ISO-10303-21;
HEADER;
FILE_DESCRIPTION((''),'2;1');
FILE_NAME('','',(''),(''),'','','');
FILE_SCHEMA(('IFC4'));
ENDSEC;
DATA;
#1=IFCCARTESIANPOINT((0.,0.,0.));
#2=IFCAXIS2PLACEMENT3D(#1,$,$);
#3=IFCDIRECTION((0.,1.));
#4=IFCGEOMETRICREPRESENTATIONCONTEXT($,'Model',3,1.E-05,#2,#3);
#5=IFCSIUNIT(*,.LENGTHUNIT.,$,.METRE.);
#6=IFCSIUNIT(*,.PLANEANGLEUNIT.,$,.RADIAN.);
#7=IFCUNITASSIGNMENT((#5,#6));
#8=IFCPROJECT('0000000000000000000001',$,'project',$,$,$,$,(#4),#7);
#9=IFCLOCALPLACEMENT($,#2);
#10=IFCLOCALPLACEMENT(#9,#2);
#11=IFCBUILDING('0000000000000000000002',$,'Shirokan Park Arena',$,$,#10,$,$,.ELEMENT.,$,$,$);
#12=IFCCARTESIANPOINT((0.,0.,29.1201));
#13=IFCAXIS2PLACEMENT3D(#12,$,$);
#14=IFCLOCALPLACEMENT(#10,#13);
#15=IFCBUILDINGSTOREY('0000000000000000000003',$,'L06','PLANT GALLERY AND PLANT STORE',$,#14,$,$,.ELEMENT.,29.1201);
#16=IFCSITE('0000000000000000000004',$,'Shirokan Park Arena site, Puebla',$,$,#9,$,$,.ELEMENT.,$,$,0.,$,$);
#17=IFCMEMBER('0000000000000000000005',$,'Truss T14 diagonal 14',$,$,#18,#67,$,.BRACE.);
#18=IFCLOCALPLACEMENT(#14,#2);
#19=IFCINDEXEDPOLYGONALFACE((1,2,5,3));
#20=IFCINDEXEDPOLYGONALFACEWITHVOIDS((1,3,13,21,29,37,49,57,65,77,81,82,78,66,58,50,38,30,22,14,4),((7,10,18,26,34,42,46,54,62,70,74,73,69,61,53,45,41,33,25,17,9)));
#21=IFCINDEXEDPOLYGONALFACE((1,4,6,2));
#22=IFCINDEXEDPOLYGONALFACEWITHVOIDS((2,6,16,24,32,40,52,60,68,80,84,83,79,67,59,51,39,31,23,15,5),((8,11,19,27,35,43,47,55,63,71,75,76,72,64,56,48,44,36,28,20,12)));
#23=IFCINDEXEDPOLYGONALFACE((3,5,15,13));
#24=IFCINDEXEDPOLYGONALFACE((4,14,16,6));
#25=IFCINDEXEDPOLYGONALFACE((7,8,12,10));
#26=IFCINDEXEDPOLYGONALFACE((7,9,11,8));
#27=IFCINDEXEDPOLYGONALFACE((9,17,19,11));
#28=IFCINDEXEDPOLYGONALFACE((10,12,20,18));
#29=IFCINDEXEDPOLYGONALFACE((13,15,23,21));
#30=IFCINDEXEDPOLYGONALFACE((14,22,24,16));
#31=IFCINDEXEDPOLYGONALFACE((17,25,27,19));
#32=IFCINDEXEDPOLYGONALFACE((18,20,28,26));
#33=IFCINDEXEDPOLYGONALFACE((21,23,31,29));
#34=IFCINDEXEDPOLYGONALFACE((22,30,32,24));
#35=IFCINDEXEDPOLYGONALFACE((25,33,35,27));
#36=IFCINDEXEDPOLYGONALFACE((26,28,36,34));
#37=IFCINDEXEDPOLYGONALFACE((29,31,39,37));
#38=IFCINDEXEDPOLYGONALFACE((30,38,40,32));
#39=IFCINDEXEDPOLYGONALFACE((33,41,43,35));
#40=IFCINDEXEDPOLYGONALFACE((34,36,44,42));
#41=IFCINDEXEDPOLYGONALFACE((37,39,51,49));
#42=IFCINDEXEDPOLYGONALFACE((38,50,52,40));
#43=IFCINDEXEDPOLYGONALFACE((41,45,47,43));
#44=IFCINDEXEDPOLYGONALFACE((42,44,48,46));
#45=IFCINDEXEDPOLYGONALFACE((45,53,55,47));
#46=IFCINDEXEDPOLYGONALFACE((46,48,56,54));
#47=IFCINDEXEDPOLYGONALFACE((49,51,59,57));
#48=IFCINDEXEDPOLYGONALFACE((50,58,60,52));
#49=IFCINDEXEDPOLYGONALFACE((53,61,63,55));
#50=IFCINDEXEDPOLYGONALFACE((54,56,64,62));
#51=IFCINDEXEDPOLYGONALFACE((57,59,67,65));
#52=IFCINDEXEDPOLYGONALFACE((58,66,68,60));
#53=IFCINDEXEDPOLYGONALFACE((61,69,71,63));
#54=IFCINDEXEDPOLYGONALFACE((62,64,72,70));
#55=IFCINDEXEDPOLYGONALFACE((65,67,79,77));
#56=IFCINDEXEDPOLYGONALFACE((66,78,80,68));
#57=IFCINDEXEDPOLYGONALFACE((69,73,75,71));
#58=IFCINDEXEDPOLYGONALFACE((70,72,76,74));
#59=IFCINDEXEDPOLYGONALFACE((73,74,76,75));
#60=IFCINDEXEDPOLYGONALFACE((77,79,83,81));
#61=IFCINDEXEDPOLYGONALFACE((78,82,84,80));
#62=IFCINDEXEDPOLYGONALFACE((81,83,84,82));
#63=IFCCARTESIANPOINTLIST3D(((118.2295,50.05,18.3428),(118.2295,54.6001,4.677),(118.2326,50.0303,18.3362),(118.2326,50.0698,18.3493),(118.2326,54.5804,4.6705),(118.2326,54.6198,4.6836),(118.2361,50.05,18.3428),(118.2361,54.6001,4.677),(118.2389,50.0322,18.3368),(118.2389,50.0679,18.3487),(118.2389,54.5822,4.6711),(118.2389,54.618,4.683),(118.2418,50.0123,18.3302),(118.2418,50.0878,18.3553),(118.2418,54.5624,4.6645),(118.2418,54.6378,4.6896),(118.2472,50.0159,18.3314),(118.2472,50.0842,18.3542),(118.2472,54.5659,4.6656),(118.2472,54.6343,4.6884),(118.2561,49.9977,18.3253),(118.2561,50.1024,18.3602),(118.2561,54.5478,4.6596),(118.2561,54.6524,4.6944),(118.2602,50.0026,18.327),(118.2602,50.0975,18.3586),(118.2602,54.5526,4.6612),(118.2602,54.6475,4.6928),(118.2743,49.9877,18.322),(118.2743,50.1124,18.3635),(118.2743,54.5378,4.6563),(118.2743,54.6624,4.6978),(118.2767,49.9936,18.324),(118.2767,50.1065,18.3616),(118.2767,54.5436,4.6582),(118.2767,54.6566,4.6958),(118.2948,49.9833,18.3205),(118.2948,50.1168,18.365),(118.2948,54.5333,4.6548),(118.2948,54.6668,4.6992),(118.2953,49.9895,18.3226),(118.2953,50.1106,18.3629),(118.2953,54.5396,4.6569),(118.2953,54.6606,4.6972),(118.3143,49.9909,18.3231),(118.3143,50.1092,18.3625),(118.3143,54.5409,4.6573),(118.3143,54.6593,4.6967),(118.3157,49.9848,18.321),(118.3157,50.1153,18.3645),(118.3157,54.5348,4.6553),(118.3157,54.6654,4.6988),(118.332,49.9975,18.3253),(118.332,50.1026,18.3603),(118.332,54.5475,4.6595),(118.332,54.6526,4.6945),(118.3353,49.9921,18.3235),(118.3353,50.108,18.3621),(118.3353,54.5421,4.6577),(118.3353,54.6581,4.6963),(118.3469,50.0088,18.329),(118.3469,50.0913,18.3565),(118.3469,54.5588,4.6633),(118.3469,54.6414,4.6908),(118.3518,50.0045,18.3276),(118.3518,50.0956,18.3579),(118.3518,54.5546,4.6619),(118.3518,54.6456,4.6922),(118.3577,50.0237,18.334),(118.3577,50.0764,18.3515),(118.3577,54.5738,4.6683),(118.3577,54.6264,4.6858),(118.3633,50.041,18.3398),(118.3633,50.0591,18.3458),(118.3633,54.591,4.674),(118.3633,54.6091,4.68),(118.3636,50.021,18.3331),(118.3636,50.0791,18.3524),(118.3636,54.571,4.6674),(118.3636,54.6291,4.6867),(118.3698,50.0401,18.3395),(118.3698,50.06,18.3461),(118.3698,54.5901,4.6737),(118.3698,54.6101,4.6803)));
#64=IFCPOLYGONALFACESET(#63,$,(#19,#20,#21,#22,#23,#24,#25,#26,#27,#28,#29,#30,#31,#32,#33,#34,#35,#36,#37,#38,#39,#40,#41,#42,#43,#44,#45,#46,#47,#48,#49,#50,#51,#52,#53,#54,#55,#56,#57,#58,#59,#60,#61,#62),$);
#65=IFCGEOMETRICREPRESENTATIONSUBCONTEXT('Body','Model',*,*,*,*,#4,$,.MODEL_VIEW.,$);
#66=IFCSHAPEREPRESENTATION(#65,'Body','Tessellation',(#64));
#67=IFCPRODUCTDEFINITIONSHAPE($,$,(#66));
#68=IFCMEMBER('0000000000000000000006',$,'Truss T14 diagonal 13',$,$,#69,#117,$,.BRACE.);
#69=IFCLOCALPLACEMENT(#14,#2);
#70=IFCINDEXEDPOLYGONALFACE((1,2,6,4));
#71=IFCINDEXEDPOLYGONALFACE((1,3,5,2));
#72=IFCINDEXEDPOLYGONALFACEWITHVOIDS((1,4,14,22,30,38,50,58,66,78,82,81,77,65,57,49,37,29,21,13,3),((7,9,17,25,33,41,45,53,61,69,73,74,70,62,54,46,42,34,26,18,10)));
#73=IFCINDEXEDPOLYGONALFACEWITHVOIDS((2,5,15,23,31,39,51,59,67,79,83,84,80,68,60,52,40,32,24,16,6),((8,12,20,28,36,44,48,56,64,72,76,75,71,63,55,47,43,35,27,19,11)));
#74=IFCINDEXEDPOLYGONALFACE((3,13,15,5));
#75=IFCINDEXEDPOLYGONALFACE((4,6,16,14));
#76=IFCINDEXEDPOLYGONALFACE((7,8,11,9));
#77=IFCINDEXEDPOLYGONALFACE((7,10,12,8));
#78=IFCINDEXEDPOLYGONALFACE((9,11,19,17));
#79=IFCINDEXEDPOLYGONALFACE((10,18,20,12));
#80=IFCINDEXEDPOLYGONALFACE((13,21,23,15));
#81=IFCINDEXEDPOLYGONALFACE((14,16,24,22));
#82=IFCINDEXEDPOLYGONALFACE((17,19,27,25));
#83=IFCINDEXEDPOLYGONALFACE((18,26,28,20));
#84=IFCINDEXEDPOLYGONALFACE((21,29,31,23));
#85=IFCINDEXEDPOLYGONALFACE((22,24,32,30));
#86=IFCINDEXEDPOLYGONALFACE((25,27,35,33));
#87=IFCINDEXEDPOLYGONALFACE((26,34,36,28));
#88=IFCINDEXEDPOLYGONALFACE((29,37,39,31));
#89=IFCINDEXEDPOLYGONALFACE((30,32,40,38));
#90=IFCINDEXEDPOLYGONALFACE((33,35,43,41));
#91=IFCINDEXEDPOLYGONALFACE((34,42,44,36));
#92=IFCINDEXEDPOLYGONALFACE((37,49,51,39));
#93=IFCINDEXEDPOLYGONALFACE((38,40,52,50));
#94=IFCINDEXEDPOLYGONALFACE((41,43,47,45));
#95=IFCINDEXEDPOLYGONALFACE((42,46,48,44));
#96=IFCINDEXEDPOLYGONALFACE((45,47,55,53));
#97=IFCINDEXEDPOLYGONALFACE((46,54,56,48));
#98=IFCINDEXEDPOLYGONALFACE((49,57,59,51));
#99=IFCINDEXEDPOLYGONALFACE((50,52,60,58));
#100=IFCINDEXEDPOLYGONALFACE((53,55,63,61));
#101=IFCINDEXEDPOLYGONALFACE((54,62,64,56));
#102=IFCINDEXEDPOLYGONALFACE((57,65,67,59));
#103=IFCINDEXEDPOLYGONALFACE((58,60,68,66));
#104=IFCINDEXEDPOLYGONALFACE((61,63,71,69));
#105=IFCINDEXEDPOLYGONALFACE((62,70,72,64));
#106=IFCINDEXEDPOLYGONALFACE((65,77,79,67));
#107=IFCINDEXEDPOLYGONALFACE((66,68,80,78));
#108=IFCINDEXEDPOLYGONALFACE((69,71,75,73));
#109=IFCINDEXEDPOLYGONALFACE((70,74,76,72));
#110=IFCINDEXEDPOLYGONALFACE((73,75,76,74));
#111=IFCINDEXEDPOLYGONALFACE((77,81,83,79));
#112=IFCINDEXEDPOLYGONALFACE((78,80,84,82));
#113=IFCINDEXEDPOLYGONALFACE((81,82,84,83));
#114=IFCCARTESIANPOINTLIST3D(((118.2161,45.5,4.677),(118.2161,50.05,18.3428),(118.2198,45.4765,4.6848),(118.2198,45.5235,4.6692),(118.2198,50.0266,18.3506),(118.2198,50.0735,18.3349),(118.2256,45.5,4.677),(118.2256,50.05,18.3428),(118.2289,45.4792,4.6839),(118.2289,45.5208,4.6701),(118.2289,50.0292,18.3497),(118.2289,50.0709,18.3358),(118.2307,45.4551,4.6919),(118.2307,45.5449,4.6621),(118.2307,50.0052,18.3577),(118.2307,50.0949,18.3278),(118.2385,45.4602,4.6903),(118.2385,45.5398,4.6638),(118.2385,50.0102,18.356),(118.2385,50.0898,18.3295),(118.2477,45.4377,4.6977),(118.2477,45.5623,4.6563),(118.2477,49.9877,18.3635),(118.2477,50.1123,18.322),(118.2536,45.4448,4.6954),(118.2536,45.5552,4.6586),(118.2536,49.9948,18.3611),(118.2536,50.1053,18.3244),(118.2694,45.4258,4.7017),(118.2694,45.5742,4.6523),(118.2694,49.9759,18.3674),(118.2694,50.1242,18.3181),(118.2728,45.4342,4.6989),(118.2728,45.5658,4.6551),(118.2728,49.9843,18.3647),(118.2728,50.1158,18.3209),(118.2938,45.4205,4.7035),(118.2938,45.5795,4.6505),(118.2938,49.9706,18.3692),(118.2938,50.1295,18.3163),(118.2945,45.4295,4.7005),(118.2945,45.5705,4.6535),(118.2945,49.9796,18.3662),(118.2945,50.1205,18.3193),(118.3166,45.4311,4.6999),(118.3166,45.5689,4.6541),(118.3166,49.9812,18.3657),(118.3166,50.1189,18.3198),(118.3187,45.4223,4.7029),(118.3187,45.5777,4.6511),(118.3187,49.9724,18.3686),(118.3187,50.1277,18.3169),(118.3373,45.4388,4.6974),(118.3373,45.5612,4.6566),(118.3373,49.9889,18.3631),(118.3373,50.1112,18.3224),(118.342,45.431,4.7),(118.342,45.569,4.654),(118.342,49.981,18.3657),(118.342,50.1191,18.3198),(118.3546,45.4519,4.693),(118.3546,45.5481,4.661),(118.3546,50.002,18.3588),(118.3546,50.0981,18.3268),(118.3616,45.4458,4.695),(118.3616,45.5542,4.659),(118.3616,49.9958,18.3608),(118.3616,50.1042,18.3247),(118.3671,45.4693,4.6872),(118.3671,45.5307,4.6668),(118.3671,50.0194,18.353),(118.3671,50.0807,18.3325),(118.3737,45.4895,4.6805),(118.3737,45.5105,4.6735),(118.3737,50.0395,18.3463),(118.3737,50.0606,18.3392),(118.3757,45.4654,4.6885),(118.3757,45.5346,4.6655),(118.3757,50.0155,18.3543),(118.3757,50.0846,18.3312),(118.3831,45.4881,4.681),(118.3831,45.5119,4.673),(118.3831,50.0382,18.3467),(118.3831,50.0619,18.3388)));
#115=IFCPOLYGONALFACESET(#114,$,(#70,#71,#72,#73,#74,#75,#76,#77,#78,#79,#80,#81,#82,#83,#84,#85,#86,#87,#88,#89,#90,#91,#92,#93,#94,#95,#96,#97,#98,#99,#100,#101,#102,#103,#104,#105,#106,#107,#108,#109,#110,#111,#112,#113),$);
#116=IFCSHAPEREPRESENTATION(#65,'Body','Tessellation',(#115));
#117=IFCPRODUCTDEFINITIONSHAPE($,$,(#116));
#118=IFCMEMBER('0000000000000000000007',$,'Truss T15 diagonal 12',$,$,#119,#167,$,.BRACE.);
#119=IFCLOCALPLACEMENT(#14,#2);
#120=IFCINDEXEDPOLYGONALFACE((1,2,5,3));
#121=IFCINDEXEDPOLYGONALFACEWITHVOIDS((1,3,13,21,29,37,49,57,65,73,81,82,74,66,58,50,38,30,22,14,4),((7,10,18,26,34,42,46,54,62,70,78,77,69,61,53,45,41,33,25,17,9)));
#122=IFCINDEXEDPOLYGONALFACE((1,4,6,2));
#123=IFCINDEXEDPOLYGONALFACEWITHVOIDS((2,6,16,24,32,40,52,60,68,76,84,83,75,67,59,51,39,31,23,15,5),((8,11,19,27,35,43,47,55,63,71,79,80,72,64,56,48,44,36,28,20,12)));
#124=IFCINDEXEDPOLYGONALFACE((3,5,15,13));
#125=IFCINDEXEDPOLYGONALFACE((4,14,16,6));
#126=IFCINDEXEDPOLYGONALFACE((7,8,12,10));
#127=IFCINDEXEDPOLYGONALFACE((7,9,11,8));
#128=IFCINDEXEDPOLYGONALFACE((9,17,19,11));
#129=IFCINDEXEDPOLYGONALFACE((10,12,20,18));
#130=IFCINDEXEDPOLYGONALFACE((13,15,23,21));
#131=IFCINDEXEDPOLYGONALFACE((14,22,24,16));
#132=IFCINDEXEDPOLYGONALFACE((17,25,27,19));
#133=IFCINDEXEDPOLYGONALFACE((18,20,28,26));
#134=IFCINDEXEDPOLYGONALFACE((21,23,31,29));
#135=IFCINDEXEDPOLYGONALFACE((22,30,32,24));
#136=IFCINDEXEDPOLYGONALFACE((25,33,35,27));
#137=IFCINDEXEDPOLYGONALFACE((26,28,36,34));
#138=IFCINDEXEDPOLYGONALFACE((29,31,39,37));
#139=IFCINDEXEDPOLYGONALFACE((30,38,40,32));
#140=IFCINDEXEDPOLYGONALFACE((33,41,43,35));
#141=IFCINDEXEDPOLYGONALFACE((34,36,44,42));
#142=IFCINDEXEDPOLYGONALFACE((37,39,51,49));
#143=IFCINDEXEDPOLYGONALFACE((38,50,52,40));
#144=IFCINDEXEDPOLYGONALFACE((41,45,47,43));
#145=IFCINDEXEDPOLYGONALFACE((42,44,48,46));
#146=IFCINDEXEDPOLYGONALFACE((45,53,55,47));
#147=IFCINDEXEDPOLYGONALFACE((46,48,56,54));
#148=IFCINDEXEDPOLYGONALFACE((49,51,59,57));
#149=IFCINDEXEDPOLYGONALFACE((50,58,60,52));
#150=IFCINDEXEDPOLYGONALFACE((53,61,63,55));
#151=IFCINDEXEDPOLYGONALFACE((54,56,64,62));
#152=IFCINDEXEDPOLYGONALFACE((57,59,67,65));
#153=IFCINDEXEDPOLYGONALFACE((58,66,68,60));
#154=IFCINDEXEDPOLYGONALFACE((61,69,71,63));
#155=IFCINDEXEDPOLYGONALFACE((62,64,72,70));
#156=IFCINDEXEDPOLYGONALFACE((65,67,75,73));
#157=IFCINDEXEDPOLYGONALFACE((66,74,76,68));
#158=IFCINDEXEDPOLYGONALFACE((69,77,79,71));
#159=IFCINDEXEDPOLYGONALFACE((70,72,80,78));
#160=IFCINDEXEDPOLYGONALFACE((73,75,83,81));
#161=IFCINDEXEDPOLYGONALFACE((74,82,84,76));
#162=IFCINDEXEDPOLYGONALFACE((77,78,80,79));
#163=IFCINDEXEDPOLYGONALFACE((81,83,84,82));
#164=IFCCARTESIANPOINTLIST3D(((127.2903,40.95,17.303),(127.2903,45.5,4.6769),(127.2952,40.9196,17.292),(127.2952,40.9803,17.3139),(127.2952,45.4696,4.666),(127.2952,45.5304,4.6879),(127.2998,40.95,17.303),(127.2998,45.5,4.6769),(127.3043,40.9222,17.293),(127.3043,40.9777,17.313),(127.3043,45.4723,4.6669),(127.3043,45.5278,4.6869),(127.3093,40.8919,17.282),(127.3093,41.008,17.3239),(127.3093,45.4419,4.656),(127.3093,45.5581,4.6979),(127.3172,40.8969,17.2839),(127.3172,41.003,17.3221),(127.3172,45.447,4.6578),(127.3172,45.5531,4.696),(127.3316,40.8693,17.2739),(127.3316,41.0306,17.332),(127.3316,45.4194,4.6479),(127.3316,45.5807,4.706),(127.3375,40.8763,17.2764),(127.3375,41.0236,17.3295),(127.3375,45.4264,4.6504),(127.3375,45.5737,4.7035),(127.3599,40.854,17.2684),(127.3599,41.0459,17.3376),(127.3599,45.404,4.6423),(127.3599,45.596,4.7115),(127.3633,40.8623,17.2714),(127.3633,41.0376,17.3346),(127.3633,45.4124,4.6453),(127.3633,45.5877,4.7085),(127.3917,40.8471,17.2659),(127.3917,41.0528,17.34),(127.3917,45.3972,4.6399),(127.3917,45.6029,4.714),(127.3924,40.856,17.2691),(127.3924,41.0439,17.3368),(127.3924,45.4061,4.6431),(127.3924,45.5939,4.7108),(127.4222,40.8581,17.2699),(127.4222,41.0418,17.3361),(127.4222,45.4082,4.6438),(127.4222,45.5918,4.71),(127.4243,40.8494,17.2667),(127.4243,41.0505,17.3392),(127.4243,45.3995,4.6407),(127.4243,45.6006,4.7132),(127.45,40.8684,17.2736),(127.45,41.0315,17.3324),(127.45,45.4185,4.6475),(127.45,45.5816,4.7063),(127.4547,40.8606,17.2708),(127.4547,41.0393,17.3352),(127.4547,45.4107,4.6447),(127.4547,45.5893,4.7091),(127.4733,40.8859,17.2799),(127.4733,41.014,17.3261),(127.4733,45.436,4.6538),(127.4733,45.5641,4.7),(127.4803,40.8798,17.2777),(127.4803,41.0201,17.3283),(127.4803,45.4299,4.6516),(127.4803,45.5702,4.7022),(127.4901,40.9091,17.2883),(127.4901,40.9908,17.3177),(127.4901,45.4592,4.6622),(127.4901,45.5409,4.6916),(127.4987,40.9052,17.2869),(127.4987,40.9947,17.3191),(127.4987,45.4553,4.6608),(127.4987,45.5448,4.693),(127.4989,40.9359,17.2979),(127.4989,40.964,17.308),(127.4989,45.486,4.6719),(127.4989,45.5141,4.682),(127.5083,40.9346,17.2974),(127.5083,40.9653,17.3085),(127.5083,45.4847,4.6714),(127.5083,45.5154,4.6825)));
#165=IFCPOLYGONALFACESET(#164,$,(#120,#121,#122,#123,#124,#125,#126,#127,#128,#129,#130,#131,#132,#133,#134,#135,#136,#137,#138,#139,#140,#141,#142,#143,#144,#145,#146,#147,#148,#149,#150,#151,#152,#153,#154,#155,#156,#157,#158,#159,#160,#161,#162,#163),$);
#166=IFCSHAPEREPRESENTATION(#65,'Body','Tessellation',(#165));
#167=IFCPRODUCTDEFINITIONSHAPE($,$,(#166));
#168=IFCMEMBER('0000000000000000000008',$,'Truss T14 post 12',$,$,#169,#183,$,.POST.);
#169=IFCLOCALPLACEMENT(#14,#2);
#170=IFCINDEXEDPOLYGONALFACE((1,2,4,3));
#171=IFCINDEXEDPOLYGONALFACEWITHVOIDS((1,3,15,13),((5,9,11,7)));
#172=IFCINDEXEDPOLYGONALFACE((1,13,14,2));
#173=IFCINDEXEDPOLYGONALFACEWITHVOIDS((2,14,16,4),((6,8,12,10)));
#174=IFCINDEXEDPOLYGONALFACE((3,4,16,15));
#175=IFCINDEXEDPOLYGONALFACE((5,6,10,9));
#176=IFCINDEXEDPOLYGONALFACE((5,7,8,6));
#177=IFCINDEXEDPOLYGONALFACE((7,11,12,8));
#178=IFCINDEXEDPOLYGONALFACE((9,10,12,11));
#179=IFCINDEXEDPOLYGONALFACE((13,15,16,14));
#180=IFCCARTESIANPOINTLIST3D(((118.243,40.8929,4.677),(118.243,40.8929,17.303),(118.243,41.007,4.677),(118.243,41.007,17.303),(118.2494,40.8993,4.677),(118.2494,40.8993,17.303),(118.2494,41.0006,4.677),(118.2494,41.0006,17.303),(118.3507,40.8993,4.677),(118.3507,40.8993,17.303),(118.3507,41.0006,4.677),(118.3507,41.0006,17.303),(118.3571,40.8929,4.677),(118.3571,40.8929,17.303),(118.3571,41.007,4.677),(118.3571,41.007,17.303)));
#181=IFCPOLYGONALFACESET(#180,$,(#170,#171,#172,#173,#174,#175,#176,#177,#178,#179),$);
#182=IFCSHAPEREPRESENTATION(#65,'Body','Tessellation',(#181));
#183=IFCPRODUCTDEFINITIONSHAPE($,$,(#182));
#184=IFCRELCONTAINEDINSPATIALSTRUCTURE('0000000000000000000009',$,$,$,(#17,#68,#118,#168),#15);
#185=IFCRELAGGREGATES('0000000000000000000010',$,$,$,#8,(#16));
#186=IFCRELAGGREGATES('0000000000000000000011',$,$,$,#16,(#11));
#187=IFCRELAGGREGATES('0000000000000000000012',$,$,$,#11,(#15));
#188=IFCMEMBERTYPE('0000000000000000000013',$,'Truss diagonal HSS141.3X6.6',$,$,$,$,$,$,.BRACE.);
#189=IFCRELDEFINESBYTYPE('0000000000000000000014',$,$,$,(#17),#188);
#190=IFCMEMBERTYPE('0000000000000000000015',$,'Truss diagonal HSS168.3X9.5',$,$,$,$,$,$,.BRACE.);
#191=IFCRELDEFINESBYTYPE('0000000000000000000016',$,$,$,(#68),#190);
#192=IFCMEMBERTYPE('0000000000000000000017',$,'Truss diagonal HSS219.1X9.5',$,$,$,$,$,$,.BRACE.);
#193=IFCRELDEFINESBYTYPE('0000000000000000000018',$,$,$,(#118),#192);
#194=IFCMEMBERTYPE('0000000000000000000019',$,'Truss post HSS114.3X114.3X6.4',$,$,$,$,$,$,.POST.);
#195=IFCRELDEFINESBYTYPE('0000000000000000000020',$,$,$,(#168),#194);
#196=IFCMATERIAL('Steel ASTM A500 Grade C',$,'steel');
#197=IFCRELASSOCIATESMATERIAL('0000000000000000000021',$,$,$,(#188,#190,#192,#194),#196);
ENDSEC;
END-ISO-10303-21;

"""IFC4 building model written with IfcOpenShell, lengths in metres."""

from ifc_helpers import new_model, si_unit, direction, frame, origin, origin_2d, place, context, subcontext, project, spatial, hollow_rectangle, hollow_circle, extrude, material, material_profile, profile_set, type_object, element, save


model = new_model("IFC4")

# Units and contexts
model_context = context("Model", 3, precision=1e-05, world=origin(), true_north=direction((0.0, 1.0)))
body_context = subcontext(model_context, "Body", "Model", "MODEL_VIEW")
ifc_project = project(units=[si_unit("LENGTHUNIT", "METRE"), si_unit("PLANEANGLEUNIT", "RADIAN")], contexts=[model_context])

# Site, building, storey
site_placement = place(None, origin())
site = spatial("IfcSite", under=ifc_project, at=site_placement, Name="Shirokan Park Arena site, Puebla", CompositionType="ELEMENT", RefElevation=0.0)
building_placement = place(site_placement, origin())
building = spatial("IfcBuilding", under=site, at=building_placement, Name="Shirokan Park Arena", CompositionType="ELEMENT")
storey_placement = place(building_placement, frame((0.0, 0.0, 29.1201)))
storey = spatial("IfcBuildingStorey", under=building, at=storey_placement, Name="L06", Description="PLANT GALLERY AND PLANT STORE", CompositionType="ELEMENT", Elevation=29.1201)

# Members
ifc_material_1 = material(Name="Steel ASTM A500 Grade C", Category="steel")
ifc_material_profile_1 = material_profile(ifc_material_1, hollow_circle(Radius=0.0706, WallThickness=0.0066, at=origin_2d()), Name="HSS141.3X6.6")
ifc_profile_set_1 = profile_set([ifc_material_profile_1], Name="Steel ASTM A500 Grade C")
member_type_1 = type_object("IfcMemberType", Name="Truss diagonal HSS141.3X6.6", PredefinedType="BRACE", material=ifc_profile_set_1)
member_1_placement = place(storey_placement, frame((118.3, 50.05, 18.3428), z_axis=(0.0, 0.315902, -0.948792), x_axis=(-1.0, 0.0, 0.0)))
element("IfcMember", 1, at=member_1_placement, inside=storey, type_object=member_type_1, Name="Truss T14 diagonal 14", PredefinedType="BRACE", context=body_context, shape_type="SweptSolid", body=[
    extrude(hollow_circle(Radius=0.0706, WallThickness=0.0066, at=origin_2d()), origin(), (0.0, 0.0, 1.0), 14.4033),
])
ifc_material_profile_2 = material_profile(ifc_material_1, hollow_circle(Radius=0.084, WallThickness=0.0095, at=origin_2d()), Name="HSS168.3X9.5")
ifc_profile_set_2 = profile_set([ifc_material_profile_2], Name="Steel ASTM A500 Grade C")
member_type_2 = type_object("IfcMemberType", Name="Truss diagonal HSS168.3X9.5", PredefinedType="BRACE", material=ifc_profile_set_2)
member_2_placement = place(storey_placement, frame((118.3, 45.5, 4.677), z_axis=(0.0, 0.315902, 0.948792), x_axis=(-1.0, 0.0, 0.0)))
element("IfcMember", 2, at=member_2_placement, inside=storey, type_object=member_type_2, Name="Truss T14 diagonal 13", PredefinedType="BRACE", context=body_context, shape_type="SweptSolid", body=[
    extrude(hollow_circle(Radius=0.084, WallThickness=0.0095, at=origin_2d()), origin(), (0.0, 0.0, 1.0), 14.4033),
])
ifc_material_profile_3 = material_profile(ifc_material_1, hollow_circle(Radius=0.1096, WallThickness=0.0095, at=origin_2d()), Name="HSS219.1X9.5")
ifc_profile_set_3 = profile_set([ifc_material_profile_3], Name="Steel ASTM A500 Grade C")
member_type_3 = type_object("IfcMemberType", Name="Truss diagonal HSS219.1X9.5", PredefinedType="BRACE", material=ifc_profile_set_3)
member_3_placement = place(storey_placement, frame((127.3999, 40.95, 17.303), z_axis=(0.0, 0.339029, -0.940776), x_axis=(-1.0, 0.0, 0.0)))
element("IfcMember", 3, at=member_3_placement, inside=storey, type_object=member_type_3, Name="Truss T15 diagonal 12", PredefinedType="BRACE", context=body_context, shape_type="SweptSolid", body=[
    extrude(hollow_circle(Radius=0.1096, WallThickness=0.0095, at=origin_2d()), origin(), (0.0, 0.0, 1.0), 13.4209),
])
ifc_material_profile_4 = material_profile(ifc_material_1, hollow_rectangle(XDim=0.114, YDim=0.114, WallThickness=0.0063, at=origin_2d()), Name="HSS114.3X114.3X6.4")
ifc_profile_set_4 = profile_set([ifc_material_profile_4], Name="Steel ASTM A500 Grade C")
member_type_4 = type_object("IfcMemberType", Name="Truss post HSS114.3X114.3X6.4", PredefinedType="POST", material=ifc_profile_set_4)
member_4_placement = place(storey_placement, frame((118.3, 40.95, 4.677), z_axis=(0.0, 0.0, 1.0), x_axis=(1.0, 0.0, 0.0)))
element("IfcMember", 4, at=member_4_placement, inside=storey, type_object=member_type_4, Name="Truss T14 post 12", PredefinedType="POST", context=body_context, shape_type="SweptSolid", body=[
    extrude(hollow_rectangle(XDim=0.114, YDim=0.114, WallThickness=0.0063, at=origin_2d()), origin(), (0.0, 0.0, 1.0), 12.626),
])

save(model, "model.ifc")
